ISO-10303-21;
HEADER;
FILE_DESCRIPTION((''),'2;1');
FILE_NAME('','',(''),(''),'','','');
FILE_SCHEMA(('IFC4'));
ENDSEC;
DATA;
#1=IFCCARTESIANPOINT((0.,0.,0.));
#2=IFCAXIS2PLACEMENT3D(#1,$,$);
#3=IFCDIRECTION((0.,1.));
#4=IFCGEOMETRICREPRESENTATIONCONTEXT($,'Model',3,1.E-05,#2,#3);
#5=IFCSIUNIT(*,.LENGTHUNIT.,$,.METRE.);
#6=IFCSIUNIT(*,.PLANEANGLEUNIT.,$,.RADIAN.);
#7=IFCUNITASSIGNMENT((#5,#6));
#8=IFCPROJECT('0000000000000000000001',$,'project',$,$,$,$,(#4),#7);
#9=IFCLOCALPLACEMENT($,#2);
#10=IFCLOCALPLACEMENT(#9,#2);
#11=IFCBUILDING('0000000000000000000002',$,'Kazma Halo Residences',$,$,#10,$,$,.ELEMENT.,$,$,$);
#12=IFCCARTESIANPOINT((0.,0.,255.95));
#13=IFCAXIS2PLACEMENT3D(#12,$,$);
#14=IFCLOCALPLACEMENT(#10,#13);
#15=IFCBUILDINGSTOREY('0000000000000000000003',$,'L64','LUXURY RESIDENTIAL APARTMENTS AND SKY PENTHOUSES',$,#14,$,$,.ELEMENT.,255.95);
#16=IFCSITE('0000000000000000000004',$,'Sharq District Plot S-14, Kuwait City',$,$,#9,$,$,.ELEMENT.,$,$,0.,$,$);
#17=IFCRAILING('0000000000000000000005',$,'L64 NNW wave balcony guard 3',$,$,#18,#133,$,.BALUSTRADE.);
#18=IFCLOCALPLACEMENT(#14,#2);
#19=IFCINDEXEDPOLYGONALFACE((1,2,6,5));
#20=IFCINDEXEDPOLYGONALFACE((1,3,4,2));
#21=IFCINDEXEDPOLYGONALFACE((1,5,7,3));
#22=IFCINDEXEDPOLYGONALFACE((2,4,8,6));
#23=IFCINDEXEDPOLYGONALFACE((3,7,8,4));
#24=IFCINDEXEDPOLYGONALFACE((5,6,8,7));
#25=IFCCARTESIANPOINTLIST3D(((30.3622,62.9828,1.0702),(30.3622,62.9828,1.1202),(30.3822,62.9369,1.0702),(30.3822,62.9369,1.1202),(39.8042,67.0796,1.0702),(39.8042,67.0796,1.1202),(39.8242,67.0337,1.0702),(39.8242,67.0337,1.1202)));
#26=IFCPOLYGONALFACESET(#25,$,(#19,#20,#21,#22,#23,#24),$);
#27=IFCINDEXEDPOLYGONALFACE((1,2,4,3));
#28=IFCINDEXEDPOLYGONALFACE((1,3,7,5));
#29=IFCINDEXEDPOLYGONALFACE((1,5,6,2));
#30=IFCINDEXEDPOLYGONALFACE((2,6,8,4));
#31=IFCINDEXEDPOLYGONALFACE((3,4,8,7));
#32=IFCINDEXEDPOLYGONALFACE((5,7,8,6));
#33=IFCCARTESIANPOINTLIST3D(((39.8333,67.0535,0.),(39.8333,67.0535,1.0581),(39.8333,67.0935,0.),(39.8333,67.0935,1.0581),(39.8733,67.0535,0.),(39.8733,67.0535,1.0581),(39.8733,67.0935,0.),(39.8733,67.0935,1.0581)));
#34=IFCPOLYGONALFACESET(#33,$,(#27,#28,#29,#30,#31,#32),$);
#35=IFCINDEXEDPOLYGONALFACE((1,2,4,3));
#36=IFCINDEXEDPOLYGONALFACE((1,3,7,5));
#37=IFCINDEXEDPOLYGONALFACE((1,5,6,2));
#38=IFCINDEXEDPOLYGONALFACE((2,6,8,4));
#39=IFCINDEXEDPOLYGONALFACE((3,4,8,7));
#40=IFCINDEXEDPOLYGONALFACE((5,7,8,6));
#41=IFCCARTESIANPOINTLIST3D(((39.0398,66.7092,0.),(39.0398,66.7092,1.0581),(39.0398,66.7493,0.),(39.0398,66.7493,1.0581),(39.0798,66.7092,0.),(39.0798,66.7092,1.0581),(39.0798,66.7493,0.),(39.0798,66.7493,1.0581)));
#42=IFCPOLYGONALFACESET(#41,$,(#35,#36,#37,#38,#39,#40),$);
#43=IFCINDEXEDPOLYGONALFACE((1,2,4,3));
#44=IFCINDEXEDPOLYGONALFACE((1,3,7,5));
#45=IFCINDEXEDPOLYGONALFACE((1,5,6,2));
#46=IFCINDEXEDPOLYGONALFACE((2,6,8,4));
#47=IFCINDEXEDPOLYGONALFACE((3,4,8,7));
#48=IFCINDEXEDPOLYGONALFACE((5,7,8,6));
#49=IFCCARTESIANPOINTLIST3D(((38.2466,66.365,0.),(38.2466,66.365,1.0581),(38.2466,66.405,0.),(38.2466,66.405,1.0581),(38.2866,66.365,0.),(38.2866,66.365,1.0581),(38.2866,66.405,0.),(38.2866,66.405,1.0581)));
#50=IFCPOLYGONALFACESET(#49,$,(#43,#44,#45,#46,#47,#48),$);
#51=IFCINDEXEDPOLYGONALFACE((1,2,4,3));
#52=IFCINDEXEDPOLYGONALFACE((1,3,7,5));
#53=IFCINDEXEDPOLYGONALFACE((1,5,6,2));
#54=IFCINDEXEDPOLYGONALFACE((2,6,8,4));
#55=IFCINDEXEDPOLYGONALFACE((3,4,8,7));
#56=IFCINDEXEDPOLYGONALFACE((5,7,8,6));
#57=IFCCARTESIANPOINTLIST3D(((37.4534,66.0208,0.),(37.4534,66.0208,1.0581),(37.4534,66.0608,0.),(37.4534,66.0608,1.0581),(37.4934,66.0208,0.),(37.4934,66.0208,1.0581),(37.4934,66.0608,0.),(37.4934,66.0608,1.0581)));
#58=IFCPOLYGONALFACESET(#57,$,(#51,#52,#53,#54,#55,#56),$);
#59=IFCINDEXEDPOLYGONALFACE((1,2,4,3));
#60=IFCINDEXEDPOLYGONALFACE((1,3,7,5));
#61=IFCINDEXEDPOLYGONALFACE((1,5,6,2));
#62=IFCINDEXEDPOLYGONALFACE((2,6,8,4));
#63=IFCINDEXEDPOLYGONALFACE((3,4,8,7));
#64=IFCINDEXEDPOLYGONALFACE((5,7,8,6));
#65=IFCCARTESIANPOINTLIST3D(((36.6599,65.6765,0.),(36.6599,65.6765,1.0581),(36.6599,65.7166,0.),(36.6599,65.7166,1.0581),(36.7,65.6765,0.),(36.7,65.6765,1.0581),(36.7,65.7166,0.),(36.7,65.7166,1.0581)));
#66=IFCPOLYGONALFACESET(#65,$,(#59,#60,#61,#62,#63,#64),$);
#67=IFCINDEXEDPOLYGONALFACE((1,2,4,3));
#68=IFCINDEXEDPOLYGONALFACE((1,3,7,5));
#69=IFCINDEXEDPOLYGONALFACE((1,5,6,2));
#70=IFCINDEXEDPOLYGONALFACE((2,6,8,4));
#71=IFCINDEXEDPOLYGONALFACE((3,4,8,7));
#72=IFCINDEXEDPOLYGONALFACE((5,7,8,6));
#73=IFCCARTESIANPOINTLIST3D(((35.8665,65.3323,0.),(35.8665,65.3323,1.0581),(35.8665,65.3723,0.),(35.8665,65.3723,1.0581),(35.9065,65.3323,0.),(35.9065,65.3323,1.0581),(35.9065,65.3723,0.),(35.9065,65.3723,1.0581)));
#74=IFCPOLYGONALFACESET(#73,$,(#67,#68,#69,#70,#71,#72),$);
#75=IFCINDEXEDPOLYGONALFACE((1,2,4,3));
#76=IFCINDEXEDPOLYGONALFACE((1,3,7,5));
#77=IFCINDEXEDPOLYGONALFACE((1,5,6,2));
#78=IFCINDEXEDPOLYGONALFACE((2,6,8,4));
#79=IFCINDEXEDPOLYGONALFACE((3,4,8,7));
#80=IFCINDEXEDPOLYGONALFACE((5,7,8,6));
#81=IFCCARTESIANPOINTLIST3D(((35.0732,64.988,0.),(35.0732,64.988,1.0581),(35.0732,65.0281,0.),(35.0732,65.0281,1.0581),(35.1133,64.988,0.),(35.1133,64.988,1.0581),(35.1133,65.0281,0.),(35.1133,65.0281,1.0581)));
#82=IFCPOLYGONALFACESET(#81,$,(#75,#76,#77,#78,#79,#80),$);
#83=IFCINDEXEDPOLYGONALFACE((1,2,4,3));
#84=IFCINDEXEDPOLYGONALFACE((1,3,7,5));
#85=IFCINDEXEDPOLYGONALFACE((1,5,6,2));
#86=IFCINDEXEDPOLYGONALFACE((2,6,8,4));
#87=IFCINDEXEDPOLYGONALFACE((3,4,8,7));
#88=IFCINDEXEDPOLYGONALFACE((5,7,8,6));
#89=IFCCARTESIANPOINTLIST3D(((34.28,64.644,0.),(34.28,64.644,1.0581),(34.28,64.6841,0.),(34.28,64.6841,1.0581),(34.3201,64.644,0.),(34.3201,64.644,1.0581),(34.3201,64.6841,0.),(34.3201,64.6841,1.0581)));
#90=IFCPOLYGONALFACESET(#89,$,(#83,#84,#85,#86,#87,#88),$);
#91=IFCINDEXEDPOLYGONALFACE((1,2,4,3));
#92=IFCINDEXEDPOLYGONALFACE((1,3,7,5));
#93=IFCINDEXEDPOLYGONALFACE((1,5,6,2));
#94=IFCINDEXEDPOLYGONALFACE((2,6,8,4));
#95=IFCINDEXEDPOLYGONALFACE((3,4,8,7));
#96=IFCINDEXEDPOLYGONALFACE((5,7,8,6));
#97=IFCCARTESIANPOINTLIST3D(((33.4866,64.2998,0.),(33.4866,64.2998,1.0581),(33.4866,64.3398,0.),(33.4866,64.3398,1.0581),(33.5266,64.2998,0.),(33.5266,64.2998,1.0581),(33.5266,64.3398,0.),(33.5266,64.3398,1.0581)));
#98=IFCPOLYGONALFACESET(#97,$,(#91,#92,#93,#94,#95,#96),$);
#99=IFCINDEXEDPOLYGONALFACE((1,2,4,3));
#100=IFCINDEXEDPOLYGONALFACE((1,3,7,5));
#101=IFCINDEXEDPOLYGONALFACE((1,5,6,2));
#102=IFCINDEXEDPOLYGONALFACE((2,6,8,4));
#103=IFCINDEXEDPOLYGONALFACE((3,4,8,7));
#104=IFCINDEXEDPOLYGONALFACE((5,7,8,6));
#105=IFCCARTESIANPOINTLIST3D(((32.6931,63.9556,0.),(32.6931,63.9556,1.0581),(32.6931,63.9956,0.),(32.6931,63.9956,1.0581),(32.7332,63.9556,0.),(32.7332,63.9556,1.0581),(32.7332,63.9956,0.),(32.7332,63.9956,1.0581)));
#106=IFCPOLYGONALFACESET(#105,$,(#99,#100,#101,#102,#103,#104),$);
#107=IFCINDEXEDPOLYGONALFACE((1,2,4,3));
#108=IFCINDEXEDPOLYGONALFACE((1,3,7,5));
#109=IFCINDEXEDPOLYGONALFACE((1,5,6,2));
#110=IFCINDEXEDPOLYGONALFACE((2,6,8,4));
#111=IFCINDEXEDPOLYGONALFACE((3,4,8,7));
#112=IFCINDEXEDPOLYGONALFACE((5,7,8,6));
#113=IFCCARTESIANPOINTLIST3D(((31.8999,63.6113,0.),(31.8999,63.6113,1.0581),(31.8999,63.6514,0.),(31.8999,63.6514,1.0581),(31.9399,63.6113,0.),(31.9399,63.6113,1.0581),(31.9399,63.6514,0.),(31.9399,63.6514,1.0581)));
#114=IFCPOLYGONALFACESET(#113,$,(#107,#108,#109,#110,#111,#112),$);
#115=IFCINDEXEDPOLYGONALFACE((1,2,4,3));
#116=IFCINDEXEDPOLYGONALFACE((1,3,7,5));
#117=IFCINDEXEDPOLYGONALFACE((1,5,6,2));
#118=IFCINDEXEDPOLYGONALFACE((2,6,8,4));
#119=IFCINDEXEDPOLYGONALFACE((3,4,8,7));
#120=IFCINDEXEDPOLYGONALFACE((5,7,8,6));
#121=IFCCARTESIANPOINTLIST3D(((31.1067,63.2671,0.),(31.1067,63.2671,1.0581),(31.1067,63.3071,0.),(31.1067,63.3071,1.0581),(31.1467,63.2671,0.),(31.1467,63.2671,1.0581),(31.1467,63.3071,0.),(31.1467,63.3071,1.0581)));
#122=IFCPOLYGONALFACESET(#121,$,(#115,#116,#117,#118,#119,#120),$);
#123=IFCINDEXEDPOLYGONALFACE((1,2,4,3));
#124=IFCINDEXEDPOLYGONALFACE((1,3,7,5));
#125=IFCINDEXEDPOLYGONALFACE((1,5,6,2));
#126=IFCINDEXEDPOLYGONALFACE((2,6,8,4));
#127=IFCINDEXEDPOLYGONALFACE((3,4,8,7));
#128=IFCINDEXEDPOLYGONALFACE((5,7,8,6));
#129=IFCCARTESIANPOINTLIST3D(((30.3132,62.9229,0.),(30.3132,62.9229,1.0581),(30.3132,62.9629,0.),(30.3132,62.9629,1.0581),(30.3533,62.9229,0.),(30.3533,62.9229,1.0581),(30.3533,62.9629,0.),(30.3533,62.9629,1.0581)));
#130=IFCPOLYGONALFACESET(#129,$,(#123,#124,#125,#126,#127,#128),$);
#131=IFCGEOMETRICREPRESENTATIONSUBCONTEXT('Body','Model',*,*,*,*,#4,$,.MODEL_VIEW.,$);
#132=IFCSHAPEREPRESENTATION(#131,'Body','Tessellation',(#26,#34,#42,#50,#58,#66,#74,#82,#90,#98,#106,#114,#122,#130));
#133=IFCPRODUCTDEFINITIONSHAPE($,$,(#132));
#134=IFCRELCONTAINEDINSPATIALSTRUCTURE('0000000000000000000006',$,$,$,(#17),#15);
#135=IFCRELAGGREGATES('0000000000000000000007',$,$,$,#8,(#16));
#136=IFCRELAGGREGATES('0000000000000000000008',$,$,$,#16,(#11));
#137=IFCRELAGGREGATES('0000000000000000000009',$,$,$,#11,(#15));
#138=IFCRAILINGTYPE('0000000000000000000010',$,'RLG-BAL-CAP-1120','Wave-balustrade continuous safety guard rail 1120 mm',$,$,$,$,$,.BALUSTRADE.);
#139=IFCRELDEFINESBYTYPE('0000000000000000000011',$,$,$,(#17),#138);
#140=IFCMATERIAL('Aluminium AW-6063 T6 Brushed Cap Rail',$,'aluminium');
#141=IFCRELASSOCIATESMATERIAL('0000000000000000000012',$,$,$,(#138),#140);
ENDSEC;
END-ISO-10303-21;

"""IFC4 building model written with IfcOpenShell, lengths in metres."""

from ifc_helpers import new_model, si_unit, direction, frame, origin, origin_2d, place, context, subcontext, project, spatial, rectangle, extrude, material, type_object, element, save


model = new_model("IFC4")

# Units and contexts
model_context = context("Model", 3, precision=1e-05, world=origin(), true_north=direction((0.0, 1.0)))
body_context = subcontext(model_context, "Body", "Model", "MODEL_VIEW")
ifc_project = project(units=[si_unit("LENGTHUNIT", "METRE"), si_unit("PLANEANGLEUNIT", "RADIAN")], contexts=[model_context])

# Site, building, storey
site_placement = place(None, origin())
site = spatial("IfcSite", under=ifc_project, at=site_placement, Name="Sharq District Plot S-14, Kuwait City", CompositionType="ELEMENT", RefElevation=0.0)
building_placement = place(site_placement, origin())
building = spatial("IfcBuilding", under=site, at=building_placement, Name="Kazma Halo Residences", CompositionType="ELEMENT")
storey_placement = place(building_placement, frame((0.0, 0.0, 255.95)))
storey = spatial("IfcBuildingStorey", under=building, at=storey_placement, Name="L64", Description="LUXURY RESIDENTIAL APARTMENTS AND SKY PENTHOUSES", CompositionType="ELEMENT", Elevation=255.95)

# Railing
ifc_material_1 = material(Name="Aluminium AW-6063 T6 Brushed Cap Rail", Category="aluminium")
railing_type = type_object("IfcRailingType", Name="RLG-BAL-CAP-1120", Description="Wave-balustrade continuous safety guard rail 1120 mm", PredefinedType="BALUSTRADE", material=ifc_material_1)
railing_1_placement = place(storey_placement, frame((39.8533, 67.0735, 0.0)))
element("IfcRailing", 1, at=railing_1_placement, inside=storey, type_object=railing_type, Name="L64 NNW wave balcony guard 3", PredefinedType="BALUSTRADE", context=body_context, shape_type="SweptSolid", body=[
    extrude(rectangle(XDim=0.05, YDim=0.05, at=origin_2d()), frame((-0.0391, -0.0168, 1.0952), z_axis=(-0.91737, -0.398035, 0.0), x_axis=(0.398035, -0.91737, 0.0)), (0.0, 0.0, 1.0), 10.2925),
    extrude(rectangle(XDim=0.04, YDim=0.04, at=origin_2d()), origin(), (0.0, 0.0, 1.0), 1.0581),
    extrude(rectangle(XDim=0.04, YDim=0.04, at=origin_2d()), frame((-0.7935, -0.3442, 0.0)), (0.0, 0.0, 1.0), 1.0581),
    extrude(rectangle(XDim=0.04, YDim=0.04, at=origin_2d()), frame((-1.5867, -0.6885, 0.0)), (0.0, 0.0, 1.0), 1.0581),
    extrude(rectangle(XDim=0.04, YDim=0.04, at=origin_2d()), frame((-2.3799, -1.0327, 0.0)), (0.0, 0.0, 1.0), 1.0581),
    extrude(rectangle(XDim=0.04, YDim=0.04, at=origin_2d()), frame((-3.1733, -1.377, 0.0)), (0.0, 0.0, 1.0), 1.0581),
    extrude(rectangle(XDim=0.04, YDim=0.04, at=origin_2d()), frame((-3.9668, -1.7212, 0.0)), (0.0, 0.0, 1.0), 1.0581),
    extrude(rectangle(XDim=0.04, YDim=0.04, at=origin_2d()), frame((-4.76, -2.0654, 0.0)), (0.0, 0.0, 1.0), 1.0581),
    extrude(rectangle(XDim=0.04, YDim=0.04, at=origin_2d()), frame((-5.5532, -2.4094, 0.0)), (0.0, 0.0, 1.0), 1.0581),
    extrude(rectangle(XDim=0.04, YDim=0.04, at=origin_2d()), frame((-6.3467, -2.7537, 0.0)), (0.0, 0.0, 1.0), 1.0581),
    extrude(rectangle(XDim=0.04, YDim=0.04, at=origin_2d()), frame((-7.1401, -3.0979, 0.0)), (0.0, 0.0, 1.0), 1.0581),
    extrude(rectangle(XDim=0.04, YDim=0.04, at=origin_2d()), frame((-7.9333, -3.4421, 0.0)), (0.0, 0.0, 1.0), 1.0581),
    extrude(rectangle(XDim=0.04, YDim=0.04, at=origin_2d()), frame((-8.7266, -3.7864, 0.0)), (0.0, 0.0, 1.0), 1.0581),
    extrude(rectangle(XDim=0.04, YDim=0.04, at=origin_2d()), frame((-9.52, -4.1306, 0.0)), (0.0, 0.0, 1.0), 1.0581),
])

save(model, "model.ifc")
